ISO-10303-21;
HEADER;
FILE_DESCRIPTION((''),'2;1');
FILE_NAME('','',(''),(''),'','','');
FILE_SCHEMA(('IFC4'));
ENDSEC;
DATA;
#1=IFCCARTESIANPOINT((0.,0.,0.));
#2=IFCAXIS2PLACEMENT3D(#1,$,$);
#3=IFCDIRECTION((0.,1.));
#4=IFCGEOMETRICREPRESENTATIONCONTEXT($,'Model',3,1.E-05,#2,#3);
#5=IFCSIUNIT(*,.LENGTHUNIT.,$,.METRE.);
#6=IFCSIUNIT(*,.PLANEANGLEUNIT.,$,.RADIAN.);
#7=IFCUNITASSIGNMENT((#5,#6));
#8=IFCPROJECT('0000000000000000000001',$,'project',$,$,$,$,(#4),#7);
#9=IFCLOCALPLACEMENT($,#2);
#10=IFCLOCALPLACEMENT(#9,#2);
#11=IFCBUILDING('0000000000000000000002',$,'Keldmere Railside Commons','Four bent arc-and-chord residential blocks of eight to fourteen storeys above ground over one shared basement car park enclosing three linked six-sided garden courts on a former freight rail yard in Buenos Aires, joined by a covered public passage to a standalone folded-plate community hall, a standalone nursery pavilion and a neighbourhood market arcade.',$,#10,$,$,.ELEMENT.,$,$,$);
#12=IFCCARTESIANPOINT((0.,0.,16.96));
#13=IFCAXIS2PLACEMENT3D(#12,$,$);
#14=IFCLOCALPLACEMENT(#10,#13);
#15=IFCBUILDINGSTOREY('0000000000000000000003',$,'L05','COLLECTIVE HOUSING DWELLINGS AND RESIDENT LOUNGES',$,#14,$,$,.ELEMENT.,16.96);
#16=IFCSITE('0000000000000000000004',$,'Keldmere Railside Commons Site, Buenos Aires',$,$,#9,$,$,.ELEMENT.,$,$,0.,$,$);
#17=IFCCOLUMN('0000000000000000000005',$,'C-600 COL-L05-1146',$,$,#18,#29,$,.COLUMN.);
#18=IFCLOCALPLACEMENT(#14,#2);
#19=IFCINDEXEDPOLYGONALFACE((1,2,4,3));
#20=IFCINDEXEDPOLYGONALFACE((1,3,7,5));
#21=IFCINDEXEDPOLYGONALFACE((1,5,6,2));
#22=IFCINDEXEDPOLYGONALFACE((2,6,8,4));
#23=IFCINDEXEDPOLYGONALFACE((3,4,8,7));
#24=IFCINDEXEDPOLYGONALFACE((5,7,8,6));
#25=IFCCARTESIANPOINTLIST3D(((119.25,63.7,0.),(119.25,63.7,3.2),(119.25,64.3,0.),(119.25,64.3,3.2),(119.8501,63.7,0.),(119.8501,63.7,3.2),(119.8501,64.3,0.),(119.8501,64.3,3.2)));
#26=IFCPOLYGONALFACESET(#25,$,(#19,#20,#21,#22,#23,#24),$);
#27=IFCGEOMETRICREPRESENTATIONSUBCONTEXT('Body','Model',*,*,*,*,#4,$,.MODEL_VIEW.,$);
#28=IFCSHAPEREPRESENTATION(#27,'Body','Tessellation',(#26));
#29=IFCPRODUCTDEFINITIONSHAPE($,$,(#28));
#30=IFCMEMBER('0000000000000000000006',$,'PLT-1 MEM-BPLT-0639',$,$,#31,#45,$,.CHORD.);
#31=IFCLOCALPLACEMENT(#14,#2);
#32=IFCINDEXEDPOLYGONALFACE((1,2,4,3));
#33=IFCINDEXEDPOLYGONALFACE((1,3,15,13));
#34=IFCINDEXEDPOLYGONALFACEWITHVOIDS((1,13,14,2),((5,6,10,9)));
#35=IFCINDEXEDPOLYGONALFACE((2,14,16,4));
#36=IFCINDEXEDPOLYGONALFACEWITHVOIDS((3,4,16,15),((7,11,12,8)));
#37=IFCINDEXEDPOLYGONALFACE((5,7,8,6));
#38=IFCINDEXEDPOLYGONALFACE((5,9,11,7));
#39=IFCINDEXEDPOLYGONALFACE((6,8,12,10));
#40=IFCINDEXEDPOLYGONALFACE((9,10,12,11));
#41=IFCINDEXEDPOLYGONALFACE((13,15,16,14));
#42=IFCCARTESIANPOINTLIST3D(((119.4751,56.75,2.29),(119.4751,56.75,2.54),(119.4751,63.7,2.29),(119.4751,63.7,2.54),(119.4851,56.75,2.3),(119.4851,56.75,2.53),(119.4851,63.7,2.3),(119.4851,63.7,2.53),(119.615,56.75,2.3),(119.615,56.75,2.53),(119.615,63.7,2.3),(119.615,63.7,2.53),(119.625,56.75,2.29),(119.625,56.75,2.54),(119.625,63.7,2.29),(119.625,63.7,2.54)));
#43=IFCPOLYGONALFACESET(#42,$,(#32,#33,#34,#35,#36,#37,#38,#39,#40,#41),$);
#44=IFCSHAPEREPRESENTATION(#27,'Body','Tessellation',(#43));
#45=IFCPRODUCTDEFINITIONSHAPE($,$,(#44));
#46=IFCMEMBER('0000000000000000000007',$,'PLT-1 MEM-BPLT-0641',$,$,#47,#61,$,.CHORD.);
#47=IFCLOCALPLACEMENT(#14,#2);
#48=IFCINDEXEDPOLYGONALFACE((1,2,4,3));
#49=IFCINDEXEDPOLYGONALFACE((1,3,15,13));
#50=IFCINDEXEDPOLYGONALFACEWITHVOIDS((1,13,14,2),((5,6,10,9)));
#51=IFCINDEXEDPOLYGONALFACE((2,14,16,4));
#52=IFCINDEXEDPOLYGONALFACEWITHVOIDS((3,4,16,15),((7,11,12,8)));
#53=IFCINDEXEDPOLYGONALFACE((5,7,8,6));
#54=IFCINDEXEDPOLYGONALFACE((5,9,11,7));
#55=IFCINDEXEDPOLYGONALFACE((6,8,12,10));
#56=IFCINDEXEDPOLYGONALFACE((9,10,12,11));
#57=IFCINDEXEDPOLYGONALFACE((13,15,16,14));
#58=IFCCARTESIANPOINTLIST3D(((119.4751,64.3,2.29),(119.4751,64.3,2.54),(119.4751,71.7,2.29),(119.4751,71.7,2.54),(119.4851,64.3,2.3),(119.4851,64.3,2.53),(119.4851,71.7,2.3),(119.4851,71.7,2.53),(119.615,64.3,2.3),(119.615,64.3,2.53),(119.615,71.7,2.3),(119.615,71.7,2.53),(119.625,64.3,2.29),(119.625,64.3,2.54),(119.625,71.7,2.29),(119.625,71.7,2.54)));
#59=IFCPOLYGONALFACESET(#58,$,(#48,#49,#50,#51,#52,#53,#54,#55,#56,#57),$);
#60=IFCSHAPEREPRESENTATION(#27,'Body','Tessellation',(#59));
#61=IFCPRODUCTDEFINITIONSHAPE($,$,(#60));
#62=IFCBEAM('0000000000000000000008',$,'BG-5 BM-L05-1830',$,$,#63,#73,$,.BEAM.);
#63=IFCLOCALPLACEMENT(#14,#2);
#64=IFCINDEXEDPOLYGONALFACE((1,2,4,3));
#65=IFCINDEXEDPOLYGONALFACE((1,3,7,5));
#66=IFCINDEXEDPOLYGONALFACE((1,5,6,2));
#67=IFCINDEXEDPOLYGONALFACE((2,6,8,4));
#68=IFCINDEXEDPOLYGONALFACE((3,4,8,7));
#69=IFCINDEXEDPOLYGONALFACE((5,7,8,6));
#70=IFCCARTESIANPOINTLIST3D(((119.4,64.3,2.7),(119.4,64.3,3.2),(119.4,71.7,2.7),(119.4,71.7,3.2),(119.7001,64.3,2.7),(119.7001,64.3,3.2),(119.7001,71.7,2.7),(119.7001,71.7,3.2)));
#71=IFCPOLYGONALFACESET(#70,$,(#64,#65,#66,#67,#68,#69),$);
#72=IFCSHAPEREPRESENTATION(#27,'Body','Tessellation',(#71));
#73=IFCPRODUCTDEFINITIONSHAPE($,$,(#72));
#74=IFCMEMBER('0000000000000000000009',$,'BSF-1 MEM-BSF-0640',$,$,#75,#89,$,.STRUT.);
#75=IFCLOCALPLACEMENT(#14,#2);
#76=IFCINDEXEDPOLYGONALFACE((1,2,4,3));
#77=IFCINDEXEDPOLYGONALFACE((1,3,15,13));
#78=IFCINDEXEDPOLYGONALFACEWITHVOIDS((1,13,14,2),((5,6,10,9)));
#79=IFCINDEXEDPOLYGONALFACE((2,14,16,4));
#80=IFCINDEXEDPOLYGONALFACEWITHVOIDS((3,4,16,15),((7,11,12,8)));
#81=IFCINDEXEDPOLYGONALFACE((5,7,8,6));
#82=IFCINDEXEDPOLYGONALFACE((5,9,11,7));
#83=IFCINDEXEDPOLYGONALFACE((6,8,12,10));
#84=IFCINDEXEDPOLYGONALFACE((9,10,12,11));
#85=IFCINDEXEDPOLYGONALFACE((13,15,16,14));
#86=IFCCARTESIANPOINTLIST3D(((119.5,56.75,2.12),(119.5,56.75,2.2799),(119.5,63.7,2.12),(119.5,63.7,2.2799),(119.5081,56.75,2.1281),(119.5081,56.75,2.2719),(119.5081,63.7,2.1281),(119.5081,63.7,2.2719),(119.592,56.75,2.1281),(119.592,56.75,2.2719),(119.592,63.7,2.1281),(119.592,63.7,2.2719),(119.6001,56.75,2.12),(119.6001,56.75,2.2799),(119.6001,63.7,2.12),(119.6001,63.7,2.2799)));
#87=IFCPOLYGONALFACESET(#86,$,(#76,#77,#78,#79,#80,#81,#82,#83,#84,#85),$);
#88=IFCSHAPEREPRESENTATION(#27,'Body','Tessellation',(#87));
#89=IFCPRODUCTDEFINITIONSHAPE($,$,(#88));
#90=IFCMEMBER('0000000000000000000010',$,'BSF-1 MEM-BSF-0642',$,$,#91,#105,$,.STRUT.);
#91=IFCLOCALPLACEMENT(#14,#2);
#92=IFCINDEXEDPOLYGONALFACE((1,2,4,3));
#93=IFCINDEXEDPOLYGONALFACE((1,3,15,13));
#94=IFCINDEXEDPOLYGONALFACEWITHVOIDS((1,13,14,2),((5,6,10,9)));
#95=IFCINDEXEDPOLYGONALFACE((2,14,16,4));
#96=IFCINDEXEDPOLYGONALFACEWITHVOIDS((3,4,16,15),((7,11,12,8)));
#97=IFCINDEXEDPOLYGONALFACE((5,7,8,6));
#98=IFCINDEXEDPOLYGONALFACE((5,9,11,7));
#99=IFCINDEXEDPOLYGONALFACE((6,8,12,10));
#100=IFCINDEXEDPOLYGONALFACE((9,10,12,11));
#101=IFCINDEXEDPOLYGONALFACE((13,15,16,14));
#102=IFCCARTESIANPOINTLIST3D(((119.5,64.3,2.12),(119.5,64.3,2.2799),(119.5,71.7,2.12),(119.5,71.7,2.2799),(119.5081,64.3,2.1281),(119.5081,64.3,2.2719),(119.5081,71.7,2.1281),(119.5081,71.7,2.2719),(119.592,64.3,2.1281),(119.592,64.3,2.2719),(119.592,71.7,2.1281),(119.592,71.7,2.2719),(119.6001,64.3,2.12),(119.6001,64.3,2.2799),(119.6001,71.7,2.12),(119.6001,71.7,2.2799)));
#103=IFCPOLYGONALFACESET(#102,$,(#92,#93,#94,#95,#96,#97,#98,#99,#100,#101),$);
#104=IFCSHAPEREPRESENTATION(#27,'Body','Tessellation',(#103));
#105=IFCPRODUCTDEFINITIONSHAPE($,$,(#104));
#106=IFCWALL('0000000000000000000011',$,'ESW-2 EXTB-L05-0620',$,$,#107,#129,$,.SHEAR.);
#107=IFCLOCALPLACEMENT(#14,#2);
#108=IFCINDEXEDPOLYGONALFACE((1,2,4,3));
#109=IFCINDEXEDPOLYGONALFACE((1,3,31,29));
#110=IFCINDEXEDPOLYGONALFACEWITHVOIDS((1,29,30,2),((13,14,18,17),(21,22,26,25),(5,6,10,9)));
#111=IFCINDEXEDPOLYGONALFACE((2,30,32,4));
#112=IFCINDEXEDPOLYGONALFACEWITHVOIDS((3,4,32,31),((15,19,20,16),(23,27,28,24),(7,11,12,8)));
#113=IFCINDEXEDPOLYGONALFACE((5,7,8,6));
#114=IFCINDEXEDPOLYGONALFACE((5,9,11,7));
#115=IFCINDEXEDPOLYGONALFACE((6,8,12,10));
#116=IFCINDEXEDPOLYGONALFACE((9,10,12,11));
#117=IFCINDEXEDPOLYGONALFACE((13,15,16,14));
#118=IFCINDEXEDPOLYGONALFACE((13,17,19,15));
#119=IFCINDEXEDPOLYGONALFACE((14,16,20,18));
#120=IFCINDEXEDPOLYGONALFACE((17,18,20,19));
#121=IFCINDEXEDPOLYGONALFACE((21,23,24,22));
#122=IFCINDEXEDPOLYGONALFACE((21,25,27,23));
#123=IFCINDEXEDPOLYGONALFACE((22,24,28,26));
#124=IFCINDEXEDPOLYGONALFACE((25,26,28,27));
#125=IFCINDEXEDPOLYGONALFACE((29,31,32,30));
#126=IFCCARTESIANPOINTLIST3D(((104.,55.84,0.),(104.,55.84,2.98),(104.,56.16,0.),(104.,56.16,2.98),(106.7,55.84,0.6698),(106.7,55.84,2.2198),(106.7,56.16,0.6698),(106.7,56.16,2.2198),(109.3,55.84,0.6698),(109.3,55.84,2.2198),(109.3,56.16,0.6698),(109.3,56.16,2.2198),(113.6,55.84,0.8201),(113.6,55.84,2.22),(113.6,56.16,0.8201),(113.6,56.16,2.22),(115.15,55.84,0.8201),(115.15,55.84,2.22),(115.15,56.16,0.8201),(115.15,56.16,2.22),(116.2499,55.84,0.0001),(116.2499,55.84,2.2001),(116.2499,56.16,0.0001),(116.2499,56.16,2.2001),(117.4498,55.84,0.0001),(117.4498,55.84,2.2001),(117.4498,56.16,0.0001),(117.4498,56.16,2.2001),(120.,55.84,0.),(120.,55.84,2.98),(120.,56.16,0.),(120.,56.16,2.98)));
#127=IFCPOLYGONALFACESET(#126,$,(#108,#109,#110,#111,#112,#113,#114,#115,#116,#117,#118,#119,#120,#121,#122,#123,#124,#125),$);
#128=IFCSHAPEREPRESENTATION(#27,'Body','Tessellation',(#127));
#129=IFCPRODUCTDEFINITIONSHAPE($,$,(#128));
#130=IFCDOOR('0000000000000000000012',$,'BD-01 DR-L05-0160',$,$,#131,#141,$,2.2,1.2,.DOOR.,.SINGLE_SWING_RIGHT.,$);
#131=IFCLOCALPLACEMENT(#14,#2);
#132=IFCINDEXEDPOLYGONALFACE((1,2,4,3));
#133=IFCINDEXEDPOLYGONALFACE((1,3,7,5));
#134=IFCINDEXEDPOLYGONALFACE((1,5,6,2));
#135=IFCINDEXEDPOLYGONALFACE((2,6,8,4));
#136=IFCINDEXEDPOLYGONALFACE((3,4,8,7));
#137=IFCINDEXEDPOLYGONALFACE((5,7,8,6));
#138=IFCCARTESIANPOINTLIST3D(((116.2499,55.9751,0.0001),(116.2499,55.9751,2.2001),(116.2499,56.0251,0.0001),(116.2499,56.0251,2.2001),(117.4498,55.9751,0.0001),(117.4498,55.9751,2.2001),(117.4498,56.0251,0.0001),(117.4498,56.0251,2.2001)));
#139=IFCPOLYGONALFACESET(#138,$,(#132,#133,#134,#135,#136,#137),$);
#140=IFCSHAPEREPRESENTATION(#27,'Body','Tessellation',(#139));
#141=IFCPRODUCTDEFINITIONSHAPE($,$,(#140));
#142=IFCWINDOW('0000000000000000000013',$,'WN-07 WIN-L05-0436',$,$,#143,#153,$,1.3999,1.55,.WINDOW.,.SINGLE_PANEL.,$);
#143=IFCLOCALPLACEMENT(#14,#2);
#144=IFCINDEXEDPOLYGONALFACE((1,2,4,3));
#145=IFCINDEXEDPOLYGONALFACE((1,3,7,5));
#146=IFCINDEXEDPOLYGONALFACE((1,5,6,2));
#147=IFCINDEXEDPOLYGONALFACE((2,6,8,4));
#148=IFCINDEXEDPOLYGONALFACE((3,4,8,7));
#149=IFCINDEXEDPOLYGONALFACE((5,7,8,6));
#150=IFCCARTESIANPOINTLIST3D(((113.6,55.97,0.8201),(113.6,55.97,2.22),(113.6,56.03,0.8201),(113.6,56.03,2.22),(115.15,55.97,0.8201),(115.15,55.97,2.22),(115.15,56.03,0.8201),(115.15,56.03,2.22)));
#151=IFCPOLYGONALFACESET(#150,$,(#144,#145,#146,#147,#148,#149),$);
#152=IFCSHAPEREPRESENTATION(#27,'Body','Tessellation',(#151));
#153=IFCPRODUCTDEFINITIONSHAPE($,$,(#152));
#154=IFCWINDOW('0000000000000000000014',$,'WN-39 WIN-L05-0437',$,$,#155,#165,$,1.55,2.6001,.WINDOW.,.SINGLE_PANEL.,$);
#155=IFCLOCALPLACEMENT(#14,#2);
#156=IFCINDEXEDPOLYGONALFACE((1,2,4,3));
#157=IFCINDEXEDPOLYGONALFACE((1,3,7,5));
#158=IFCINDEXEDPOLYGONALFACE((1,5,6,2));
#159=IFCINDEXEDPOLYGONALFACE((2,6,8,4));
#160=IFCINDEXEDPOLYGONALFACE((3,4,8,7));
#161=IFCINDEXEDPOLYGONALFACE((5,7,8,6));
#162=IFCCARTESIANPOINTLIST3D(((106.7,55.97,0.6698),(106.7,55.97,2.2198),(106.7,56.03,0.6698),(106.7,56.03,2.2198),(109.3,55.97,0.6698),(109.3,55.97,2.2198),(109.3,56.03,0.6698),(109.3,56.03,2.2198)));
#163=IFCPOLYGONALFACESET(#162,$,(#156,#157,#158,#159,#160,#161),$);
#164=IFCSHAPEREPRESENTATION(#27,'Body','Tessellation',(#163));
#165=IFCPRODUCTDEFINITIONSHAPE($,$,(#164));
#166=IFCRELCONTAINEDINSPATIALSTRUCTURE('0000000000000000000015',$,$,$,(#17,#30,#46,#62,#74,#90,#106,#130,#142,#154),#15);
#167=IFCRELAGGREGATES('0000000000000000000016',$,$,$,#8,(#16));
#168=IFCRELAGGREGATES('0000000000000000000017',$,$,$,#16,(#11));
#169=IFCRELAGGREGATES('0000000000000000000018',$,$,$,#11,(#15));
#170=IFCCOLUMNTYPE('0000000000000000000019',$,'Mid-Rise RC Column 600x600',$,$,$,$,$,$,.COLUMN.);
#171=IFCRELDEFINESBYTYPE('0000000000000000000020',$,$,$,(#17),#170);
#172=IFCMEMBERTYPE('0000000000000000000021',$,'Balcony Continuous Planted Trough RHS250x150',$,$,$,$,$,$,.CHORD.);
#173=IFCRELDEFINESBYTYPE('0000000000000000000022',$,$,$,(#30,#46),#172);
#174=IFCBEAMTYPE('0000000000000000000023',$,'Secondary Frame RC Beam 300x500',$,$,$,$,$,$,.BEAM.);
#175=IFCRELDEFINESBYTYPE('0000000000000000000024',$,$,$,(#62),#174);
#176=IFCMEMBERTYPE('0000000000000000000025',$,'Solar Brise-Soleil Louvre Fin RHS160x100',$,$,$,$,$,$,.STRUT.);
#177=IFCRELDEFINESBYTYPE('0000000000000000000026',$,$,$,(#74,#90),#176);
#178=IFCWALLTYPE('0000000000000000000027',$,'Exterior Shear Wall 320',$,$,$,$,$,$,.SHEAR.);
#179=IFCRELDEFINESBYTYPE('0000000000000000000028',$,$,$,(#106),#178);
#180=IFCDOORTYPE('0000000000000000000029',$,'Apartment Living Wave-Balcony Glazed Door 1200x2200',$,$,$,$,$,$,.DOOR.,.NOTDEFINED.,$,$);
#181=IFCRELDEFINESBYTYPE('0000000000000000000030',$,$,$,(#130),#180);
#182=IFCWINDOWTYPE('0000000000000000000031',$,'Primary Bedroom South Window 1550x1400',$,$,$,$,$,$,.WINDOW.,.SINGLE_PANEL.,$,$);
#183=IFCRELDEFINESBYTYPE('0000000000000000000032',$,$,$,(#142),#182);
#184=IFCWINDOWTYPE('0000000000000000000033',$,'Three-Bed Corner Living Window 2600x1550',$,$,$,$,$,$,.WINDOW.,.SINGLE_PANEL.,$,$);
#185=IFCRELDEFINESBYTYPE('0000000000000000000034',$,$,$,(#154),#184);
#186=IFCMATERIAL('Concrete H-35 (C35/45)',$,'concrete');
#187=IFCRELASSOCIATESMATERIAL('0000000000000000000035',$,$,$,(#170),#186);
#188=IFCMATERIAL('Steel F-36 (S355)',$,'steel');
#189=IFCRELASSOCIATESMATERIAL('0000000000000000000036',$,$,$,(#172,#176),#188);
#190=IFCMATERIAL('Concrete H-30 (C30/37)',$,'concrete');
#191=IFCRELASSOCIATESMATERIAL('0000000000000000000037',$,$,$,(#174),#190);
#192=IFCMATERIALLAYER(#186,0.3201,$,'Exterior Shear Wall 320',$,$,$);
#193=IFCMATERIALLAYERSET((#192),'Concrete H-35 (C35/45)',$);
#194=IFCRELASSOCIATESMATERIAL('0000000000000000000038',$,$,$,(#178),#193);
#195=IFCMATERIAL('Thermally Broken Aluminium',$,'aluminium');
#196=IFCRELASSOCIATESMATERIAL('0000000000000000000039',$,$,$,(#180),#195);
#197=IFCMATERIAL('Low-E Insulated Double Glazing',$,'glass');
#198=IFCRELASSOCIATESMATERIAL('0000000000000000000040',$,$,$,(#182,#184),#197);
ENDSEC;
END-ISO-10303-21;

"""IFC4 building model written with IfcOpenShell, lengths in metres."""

from ifc_helpers import new_model, si_unit, direction, frame, frame_2d, origin, origin_2d, place, context, subcontext, project, spatial, rectangle, hollow_rectangle, extrude, material, layer, layer_set, material_profile, profile_set, type_object, element, fill, save


model = new_model("IFC4")

# Units and contexts
model_context = context("Model", 3, precision=1e-05, world=origin(), true_north=direction((0.0, 1.0)))
body_context = subcontext(model_context, "Body", "Model", "MODEL_VIEW")
ifc_project = project(units=[si_unit("LENGTHUNIT", "METRE"), si_unit("PLANEANGLEUNIT", "RADIAN")], contexts=[model_context])

# Site, building, storey
site_placement = place(None, origin())
site = spatial("IfcSite", under=ifc_project, at=site_placement, Name="Keldmere Railside Commons Site, Buenos Aires", CompositionType="ELEMENT", RefElevation=0.0)
building_placement = place(site_placement, origin())
building = spatial("IfcBuilding", under=site, at=building_placement, Name="Keldmere Railside Commons", Description="Four bent arc-and-chord residential blocks of eight to fourteen storeys above ground over one shared basement car park enclosing three linked six-sided garden courts on a former freight rail yard in Buenos Aires, joined by a covered public passage to a standalone folded-plate community hall, a standalone nursery pavilion and a neighbourhood market arcade.", CompositionType="ELEMENT")
storey_placement = place(building_placement, frame((0.0, 0.0, 16.96)))
storey = spatial("IfcBuildingStorey", under=building, at=storey_placement, Name="L05", Description="COLLECTIVE HOUSING DWELLINGS AND RESIDENT LOUNGES", CompositionType="ELEMENT", Elevation=16.96)

# Column
ifc_material_1 = material(Name="Concrete H-35 (C35/45)", Category="concrete")
ifc_material_profile_1 = material_profile(ifc_material_1, rectangle(XDim=0.6001, YDim=0.6001, at=origin_2d()), Name="RC-600x600")
ifc_profile_set_1 = profile_set([ifc_material_profile_1], Name="Concrete H-35 (C35/45)")
column_type = type_object("IfcColumnType", Name="Mid-Rise RC Column 600x600", PredefinedType="COLUMN", material=ifc_profile_set_1)
column_placement = place(storey_placement, frame((119.55, 64.0, 0.0), z_axis=(0.0, 0.0, 1.0), x_axis=(1.0, 0.0, 0.0)))
element("IfcColumn", 1, at=column_placement, inside=storey, type_object=column_type, Name="C-600 COL-L05-1146", PredefinedType="COLUMN", context=body_context, shape_type="SweptSolid", body=[
    extrude(rectangle(XDim=0.6001, YDim=0.6001, at=origin_2d()), origin(), (0.0, 0.0, 1.0), 3.2),
])

# Members
ifc_material_2 = material(Name="Steel F-36 (S355)", Category="steel")
ifc_material_profile_2 = material_profile(ifc_material_2, hollow_rectangle(XDim=0.1499, YDim=0.25, WallThickness=0.01, at=origin_2d()), Name="RHS-250x150x10")
ifc_profile_set_2 = profile_set([ifc_material_profile_2], Name="Steel F-36 (S355)")
member_type_1 = type_object("IfcMemberType", Name="Balcony Continuous Planted Trough RHS250x150", PredefinedType="CHORD", material=ifc_profile_set_2)
member_1_placement = place(storey_placement, frame((119.55, 56.75, 2.415), z_axis=(0.0, 1.0, 0.0), x_axis=(-1.0, 0.0, 0.0)))
element("IfcMember", 2, at=member_1_placement, inside=storey, type_object=member_type_1, Name="PLT-1 MEM-BPLT-0639", PredefinedType="CHORD", context=body_context, shape_type="SweptSolid", body=[
    extrude(hollow_rectangle(XDim=0.1499, YDim=0.25, WallThickness=0.01, at=origin_2d()), origin(), (0.0, 0.0, 1.0), 6.95),
])
member_2_placement = place(storey_placement, frame((119.55, 64.3, 2.415), z_axis=(0.0, 1.0, 0.0), x_axis=(-1.0, 0.0, 0.0)))
element("IfcMember", 3, at=member_2_placement, inside=storey, type_object=member_type_1, Name="PLT-1 MEM-BPLT-0641", PredefinedType="CHORD", context=body_context, shape_type="SweptSolid", body=[
    extrude(hollow_rectangle(XDim=0.1499, YDim=0.25, WallThickness=0.01, at=origin_2d()), origin(), (0.0, 0.0, 1.0), 7.3999),
])

# Beam
ifc_material_3 = material(Name="Concrete H-30 (C30/37)", Category="concrete")
ifc_material_profile_3 = material_profile(ifc_material_3, rectangle(XDim=0.3, YDim=0.5, at=origin_2d()), Name="RC-300x500")
ifc_profile_set_3 = profile_set([ifc_material_profile_3], Name="Concrete H-30 (C30/37)")
beam_type = type_object("IfcBeamType", Name="Secondary Frame RC Beam 300x500", PredefinedType="BEAM", material=ifc_profile_set_3)
beam_placement = place(storey_placement, frame((119.55, 64.3, 2.95), z_axis=(0.0, 1.0, 0.0), x_axis=(-1.0, 0.0, 0.0)))
element("IfcBeam", 4, at=beam_placement, inside=storey, type_object=beam_type, Name="BG-5 BM-L05-1830", PredefinedType="BEAM", context=body_context, shape_type="SweptSolid", body=[
    extrude(rectangle(XDim=0.3, YDim=0.5, at=origin_2d()), origin(), (0.0, 0.0, 1.0), 7.3999),
])

# Members
ifc_material_profile_4 = material_profile(ifc_material_2, hollow_rectangle(XDim=0.1001, YDim=0.1599, WallThickness=0.0081, at=origin_2d()), Name="RHS-160x100x8")
ifc_profile_set_4 = profile_set([ifc_material_profile_4], Name="Steel F-36 (S355)")
member_type_2 = type_object("IfcMemberType", Name="Solar Brise-Soleil Louvre Fin RHS160x100", PredefinedType="STRUT", material=ifc_profile_set_4)
member_3_placement = place(storey_placement, frame((119.55, 56.75, 2.2), z_axis=(0.0, 1.0, 0.0), x_axis=(-1.0, 0.0, 0.0)))
element("IfcMember", 5, at=member_3_placement, inside=storey, type_object=member_type_2, Name="BSF-1 MEM-BSF-0640", PredefinedType="STRUT", context=body_context, shape_type="SweptSolid", body=[
    extrude(hollow_rectangle(XDim=0.1001, YDim=0.1599, WallThickness=0.0081, at=origin_2d()), origin(), (0.0, 0.0, 1.0), 6.95),
])
member_4_placement = place(storey_placement, frame((119.55, 64.3, 2.2), z_axis=(0.0, 1.0, 0.0), x_axis=(-1.0, 0.0, 0.0)))
element("IfcMember", 6, at=member_4_placement, inside=storey, type_object=member_type_2, Name="BSF-1 MEM-BSF-0642", PredefinedType="STRUT", context=body_context, shape_type="SweptSolid", body=[
    extrude(hollow_rectangle(XDim=0.1001, YDim=0.1599, WallThickness=0.0081, at=origin_2d()), origin(), (0.0, 0.0, 1.0), 7.3999),
])

# Wall, openings, door, windows
ifc_layer = layer(ifc_material_1, 0.3201, Name="Exterior Shear Wall 320")
ifc_layer_set = layer_set([ifc_layer], Name="Concrete H-35 (C35/45)")
wall_type = type_object("IfcWallType", Name="Exterior Shear Wall 320", PredefinedType="SHEAR", material=ifc_layer_set)
wall_placement = place(storey_placement, frame((120.0, 56.0, 0.0), z_axis=(0.0, 0.0, 1.0), x_axis=(-1.0, 0.0, 0.0)))
wall = element("IfcWall", 7, at=wall_placement, inside=storey, type_object=wall_type, Name="ESW-2 EXTB-L05-0620", PredefinedType="SHEAR", context=body_context, shape_type="SweptSolid", body=[
    extrude(rectangle(XDim=16.0, YDim=0.3201, at=frame_2d((8.0, 0.0))), origin(), (0.0, 0.0, 1.0), 2.98),
])
opening_1_placement = place(wall_placement, frame((2.55, 0.0, 0.0)))
opening_1 = element("IfcOpeningElement", 8, at=opening_1_placement, cuts=wall, PredefinedType="OPENING", context=body_context, shape_type="SweptSolid", body=[
    extrude(rectangle(XDim=1.2, YDim=2.2, at=frame_2d((0.6001, 1.1001))), frame((0.0, 0.1699, 0.0), z_axis=(0.0, -1.0, 0.0), x_axis=(1.0, 0.0, 0.0)), (0.0, 0.0, 1.0), 0.3401),
])
opening_2_placement = place(wall_placement, frame((4.8501, 0.0, 0.8201)))
opening_2 = element("IfcOpeningElement", 9, at=opening_2_placement, cuts=wall, PredefinedType="OPENING", context=body_context, shape_type="SweptSolid", body=[
    extrude(rectangle(XDim=1.55, YDim=1.3999, at=frame_2d((0.7749, 0.7))), frame((0.0, 0.1699, 0.0), z_axis=(0.0, -1.0, 0.0), x_axis=(1.0, 0.0, 0.0)), (0.0, 0.0, 1.0), 0.3401),
])
opening_3_placement = place(wall_placement, frame((10.7, 0.0, 0.6699)))
opening_3 = element("IfcOpeningElement", 10, at=opening_3_placement, cuts=wall, PredefinedType="OPENING", context=body_context, shape_type="SweptSolid", body=[
    extrude(rectangle(XDim=2.6001, YDim=1.55, at=frame_2d((1.3, 0.7749))), frame((0.0, 0.1699, 0.0), z_axis=(0.0, -1.0, 0.0), x_axis=(1.0, 0.0, 0.0)), (0.0, 0.0, 1.0), 0.3401),
])
ifc_material_4 = material(Name="Thermally Broken Aluminium", Category="aluminium")
door_type = type_object("IfcDoorType", Name="Apartment Living Wave-Balcony Glazed Door 1200x2200", OperationType="NOTDEFINED", PredefinedType="DOOR", material=ifc_material_4)
door_placement = place(opening_1_placement, origin())
door = element("IfcDoor", 11, at=door_placement, inside=storey, type_object=door_type, Name="BD-01 DR-L05-0160", OperationType="SINGLE_SWING_RIGHT", OverallHeight=2.2, OverallWidth=1.2, PredefinedType="DOOR", context=body_context, shape_type="SweptSolid", body=[
    extrude(rectangle(XDim=1.2, YDim=2.2, at=frame_2d((0.6001, 1.1001))), frame((0.0, 0.0249, 0.0), z_axis=(0.0, -1.0, 0.0), x_axis=(1.0, 0.0, 0.0)), (0.0, 0.0, 1.0), 0.05),
])
fill(opening_1, door)
ifc_material_5 = material(Name="Low-E Insulated Double Glazing", Category="glass")
window_type_1 = type_object("IfcWindowType", Name="Primary Bedroom South Window 1550x1400", PartitioningType="SINGLE_PANEL", PredefinedType="WINDOW", material=ifc_material_5)
window_1_placement = place(opening_2_placement, origin())
window_1 = element("IfcWindow", 12, at=window_1_placement, inside=storey, type_object=window_type_1, Name="WN-07 WIN-L05-0436", OverallHeight=1.3999, OverallWidth=1.55, PartitioningType="SINGLE_PANEL", PredefinedType="WINDOW", context=body_context, shape_type="SweptSolid", body=[
    extrude(rectangle(XDim=1.55, YDim=1.3999, at=frame_2d((0.7749, 0.7))), frame((0.0, 0.03, 0.0), z_axis=(0.0, -1.0, 0.0), x_axis=(1.0, 0.0, 0.0)), (0.0, 0.0, 1.0), 0.0601),
])
fill(opening_2, window_1)
window_type_2 = type_object("IfcWindowType", Name="Three-Bed Corner Living Window 2600x1550", PartitioningType="SINGLE_PANEL", PredefinedType="WINDOW", material=ifc_material_5)
window_2_placement = place(opening_3_placement, origin())
window_2 = element("IfcWindow", 13, at=window_2_placement, inside=storey, type_object=window_type_2, Name="WN-39 WIN-L05-0437", OverallHeight=1.55, OverallWidth=2.6001, PartitioningType="SINGLE_PANEL", PredefinedType="WINDOW", context=body_context, shape_type="SweptSolid", body=[
    extrude(rectangle(XDim=2.6001, YDim=1.55, at=frame_2d((1.3, 0.7749))), frame((0.0, 0.03, 0.0), z_axis=(0.0, -1.0, 0.0), x_axis=(1.0, 0.0, 0.0)), (0.0, 0.0, 1.0), 0.0601),
])
fill(opening_3, window_2)

save(model, "model.ifc")
